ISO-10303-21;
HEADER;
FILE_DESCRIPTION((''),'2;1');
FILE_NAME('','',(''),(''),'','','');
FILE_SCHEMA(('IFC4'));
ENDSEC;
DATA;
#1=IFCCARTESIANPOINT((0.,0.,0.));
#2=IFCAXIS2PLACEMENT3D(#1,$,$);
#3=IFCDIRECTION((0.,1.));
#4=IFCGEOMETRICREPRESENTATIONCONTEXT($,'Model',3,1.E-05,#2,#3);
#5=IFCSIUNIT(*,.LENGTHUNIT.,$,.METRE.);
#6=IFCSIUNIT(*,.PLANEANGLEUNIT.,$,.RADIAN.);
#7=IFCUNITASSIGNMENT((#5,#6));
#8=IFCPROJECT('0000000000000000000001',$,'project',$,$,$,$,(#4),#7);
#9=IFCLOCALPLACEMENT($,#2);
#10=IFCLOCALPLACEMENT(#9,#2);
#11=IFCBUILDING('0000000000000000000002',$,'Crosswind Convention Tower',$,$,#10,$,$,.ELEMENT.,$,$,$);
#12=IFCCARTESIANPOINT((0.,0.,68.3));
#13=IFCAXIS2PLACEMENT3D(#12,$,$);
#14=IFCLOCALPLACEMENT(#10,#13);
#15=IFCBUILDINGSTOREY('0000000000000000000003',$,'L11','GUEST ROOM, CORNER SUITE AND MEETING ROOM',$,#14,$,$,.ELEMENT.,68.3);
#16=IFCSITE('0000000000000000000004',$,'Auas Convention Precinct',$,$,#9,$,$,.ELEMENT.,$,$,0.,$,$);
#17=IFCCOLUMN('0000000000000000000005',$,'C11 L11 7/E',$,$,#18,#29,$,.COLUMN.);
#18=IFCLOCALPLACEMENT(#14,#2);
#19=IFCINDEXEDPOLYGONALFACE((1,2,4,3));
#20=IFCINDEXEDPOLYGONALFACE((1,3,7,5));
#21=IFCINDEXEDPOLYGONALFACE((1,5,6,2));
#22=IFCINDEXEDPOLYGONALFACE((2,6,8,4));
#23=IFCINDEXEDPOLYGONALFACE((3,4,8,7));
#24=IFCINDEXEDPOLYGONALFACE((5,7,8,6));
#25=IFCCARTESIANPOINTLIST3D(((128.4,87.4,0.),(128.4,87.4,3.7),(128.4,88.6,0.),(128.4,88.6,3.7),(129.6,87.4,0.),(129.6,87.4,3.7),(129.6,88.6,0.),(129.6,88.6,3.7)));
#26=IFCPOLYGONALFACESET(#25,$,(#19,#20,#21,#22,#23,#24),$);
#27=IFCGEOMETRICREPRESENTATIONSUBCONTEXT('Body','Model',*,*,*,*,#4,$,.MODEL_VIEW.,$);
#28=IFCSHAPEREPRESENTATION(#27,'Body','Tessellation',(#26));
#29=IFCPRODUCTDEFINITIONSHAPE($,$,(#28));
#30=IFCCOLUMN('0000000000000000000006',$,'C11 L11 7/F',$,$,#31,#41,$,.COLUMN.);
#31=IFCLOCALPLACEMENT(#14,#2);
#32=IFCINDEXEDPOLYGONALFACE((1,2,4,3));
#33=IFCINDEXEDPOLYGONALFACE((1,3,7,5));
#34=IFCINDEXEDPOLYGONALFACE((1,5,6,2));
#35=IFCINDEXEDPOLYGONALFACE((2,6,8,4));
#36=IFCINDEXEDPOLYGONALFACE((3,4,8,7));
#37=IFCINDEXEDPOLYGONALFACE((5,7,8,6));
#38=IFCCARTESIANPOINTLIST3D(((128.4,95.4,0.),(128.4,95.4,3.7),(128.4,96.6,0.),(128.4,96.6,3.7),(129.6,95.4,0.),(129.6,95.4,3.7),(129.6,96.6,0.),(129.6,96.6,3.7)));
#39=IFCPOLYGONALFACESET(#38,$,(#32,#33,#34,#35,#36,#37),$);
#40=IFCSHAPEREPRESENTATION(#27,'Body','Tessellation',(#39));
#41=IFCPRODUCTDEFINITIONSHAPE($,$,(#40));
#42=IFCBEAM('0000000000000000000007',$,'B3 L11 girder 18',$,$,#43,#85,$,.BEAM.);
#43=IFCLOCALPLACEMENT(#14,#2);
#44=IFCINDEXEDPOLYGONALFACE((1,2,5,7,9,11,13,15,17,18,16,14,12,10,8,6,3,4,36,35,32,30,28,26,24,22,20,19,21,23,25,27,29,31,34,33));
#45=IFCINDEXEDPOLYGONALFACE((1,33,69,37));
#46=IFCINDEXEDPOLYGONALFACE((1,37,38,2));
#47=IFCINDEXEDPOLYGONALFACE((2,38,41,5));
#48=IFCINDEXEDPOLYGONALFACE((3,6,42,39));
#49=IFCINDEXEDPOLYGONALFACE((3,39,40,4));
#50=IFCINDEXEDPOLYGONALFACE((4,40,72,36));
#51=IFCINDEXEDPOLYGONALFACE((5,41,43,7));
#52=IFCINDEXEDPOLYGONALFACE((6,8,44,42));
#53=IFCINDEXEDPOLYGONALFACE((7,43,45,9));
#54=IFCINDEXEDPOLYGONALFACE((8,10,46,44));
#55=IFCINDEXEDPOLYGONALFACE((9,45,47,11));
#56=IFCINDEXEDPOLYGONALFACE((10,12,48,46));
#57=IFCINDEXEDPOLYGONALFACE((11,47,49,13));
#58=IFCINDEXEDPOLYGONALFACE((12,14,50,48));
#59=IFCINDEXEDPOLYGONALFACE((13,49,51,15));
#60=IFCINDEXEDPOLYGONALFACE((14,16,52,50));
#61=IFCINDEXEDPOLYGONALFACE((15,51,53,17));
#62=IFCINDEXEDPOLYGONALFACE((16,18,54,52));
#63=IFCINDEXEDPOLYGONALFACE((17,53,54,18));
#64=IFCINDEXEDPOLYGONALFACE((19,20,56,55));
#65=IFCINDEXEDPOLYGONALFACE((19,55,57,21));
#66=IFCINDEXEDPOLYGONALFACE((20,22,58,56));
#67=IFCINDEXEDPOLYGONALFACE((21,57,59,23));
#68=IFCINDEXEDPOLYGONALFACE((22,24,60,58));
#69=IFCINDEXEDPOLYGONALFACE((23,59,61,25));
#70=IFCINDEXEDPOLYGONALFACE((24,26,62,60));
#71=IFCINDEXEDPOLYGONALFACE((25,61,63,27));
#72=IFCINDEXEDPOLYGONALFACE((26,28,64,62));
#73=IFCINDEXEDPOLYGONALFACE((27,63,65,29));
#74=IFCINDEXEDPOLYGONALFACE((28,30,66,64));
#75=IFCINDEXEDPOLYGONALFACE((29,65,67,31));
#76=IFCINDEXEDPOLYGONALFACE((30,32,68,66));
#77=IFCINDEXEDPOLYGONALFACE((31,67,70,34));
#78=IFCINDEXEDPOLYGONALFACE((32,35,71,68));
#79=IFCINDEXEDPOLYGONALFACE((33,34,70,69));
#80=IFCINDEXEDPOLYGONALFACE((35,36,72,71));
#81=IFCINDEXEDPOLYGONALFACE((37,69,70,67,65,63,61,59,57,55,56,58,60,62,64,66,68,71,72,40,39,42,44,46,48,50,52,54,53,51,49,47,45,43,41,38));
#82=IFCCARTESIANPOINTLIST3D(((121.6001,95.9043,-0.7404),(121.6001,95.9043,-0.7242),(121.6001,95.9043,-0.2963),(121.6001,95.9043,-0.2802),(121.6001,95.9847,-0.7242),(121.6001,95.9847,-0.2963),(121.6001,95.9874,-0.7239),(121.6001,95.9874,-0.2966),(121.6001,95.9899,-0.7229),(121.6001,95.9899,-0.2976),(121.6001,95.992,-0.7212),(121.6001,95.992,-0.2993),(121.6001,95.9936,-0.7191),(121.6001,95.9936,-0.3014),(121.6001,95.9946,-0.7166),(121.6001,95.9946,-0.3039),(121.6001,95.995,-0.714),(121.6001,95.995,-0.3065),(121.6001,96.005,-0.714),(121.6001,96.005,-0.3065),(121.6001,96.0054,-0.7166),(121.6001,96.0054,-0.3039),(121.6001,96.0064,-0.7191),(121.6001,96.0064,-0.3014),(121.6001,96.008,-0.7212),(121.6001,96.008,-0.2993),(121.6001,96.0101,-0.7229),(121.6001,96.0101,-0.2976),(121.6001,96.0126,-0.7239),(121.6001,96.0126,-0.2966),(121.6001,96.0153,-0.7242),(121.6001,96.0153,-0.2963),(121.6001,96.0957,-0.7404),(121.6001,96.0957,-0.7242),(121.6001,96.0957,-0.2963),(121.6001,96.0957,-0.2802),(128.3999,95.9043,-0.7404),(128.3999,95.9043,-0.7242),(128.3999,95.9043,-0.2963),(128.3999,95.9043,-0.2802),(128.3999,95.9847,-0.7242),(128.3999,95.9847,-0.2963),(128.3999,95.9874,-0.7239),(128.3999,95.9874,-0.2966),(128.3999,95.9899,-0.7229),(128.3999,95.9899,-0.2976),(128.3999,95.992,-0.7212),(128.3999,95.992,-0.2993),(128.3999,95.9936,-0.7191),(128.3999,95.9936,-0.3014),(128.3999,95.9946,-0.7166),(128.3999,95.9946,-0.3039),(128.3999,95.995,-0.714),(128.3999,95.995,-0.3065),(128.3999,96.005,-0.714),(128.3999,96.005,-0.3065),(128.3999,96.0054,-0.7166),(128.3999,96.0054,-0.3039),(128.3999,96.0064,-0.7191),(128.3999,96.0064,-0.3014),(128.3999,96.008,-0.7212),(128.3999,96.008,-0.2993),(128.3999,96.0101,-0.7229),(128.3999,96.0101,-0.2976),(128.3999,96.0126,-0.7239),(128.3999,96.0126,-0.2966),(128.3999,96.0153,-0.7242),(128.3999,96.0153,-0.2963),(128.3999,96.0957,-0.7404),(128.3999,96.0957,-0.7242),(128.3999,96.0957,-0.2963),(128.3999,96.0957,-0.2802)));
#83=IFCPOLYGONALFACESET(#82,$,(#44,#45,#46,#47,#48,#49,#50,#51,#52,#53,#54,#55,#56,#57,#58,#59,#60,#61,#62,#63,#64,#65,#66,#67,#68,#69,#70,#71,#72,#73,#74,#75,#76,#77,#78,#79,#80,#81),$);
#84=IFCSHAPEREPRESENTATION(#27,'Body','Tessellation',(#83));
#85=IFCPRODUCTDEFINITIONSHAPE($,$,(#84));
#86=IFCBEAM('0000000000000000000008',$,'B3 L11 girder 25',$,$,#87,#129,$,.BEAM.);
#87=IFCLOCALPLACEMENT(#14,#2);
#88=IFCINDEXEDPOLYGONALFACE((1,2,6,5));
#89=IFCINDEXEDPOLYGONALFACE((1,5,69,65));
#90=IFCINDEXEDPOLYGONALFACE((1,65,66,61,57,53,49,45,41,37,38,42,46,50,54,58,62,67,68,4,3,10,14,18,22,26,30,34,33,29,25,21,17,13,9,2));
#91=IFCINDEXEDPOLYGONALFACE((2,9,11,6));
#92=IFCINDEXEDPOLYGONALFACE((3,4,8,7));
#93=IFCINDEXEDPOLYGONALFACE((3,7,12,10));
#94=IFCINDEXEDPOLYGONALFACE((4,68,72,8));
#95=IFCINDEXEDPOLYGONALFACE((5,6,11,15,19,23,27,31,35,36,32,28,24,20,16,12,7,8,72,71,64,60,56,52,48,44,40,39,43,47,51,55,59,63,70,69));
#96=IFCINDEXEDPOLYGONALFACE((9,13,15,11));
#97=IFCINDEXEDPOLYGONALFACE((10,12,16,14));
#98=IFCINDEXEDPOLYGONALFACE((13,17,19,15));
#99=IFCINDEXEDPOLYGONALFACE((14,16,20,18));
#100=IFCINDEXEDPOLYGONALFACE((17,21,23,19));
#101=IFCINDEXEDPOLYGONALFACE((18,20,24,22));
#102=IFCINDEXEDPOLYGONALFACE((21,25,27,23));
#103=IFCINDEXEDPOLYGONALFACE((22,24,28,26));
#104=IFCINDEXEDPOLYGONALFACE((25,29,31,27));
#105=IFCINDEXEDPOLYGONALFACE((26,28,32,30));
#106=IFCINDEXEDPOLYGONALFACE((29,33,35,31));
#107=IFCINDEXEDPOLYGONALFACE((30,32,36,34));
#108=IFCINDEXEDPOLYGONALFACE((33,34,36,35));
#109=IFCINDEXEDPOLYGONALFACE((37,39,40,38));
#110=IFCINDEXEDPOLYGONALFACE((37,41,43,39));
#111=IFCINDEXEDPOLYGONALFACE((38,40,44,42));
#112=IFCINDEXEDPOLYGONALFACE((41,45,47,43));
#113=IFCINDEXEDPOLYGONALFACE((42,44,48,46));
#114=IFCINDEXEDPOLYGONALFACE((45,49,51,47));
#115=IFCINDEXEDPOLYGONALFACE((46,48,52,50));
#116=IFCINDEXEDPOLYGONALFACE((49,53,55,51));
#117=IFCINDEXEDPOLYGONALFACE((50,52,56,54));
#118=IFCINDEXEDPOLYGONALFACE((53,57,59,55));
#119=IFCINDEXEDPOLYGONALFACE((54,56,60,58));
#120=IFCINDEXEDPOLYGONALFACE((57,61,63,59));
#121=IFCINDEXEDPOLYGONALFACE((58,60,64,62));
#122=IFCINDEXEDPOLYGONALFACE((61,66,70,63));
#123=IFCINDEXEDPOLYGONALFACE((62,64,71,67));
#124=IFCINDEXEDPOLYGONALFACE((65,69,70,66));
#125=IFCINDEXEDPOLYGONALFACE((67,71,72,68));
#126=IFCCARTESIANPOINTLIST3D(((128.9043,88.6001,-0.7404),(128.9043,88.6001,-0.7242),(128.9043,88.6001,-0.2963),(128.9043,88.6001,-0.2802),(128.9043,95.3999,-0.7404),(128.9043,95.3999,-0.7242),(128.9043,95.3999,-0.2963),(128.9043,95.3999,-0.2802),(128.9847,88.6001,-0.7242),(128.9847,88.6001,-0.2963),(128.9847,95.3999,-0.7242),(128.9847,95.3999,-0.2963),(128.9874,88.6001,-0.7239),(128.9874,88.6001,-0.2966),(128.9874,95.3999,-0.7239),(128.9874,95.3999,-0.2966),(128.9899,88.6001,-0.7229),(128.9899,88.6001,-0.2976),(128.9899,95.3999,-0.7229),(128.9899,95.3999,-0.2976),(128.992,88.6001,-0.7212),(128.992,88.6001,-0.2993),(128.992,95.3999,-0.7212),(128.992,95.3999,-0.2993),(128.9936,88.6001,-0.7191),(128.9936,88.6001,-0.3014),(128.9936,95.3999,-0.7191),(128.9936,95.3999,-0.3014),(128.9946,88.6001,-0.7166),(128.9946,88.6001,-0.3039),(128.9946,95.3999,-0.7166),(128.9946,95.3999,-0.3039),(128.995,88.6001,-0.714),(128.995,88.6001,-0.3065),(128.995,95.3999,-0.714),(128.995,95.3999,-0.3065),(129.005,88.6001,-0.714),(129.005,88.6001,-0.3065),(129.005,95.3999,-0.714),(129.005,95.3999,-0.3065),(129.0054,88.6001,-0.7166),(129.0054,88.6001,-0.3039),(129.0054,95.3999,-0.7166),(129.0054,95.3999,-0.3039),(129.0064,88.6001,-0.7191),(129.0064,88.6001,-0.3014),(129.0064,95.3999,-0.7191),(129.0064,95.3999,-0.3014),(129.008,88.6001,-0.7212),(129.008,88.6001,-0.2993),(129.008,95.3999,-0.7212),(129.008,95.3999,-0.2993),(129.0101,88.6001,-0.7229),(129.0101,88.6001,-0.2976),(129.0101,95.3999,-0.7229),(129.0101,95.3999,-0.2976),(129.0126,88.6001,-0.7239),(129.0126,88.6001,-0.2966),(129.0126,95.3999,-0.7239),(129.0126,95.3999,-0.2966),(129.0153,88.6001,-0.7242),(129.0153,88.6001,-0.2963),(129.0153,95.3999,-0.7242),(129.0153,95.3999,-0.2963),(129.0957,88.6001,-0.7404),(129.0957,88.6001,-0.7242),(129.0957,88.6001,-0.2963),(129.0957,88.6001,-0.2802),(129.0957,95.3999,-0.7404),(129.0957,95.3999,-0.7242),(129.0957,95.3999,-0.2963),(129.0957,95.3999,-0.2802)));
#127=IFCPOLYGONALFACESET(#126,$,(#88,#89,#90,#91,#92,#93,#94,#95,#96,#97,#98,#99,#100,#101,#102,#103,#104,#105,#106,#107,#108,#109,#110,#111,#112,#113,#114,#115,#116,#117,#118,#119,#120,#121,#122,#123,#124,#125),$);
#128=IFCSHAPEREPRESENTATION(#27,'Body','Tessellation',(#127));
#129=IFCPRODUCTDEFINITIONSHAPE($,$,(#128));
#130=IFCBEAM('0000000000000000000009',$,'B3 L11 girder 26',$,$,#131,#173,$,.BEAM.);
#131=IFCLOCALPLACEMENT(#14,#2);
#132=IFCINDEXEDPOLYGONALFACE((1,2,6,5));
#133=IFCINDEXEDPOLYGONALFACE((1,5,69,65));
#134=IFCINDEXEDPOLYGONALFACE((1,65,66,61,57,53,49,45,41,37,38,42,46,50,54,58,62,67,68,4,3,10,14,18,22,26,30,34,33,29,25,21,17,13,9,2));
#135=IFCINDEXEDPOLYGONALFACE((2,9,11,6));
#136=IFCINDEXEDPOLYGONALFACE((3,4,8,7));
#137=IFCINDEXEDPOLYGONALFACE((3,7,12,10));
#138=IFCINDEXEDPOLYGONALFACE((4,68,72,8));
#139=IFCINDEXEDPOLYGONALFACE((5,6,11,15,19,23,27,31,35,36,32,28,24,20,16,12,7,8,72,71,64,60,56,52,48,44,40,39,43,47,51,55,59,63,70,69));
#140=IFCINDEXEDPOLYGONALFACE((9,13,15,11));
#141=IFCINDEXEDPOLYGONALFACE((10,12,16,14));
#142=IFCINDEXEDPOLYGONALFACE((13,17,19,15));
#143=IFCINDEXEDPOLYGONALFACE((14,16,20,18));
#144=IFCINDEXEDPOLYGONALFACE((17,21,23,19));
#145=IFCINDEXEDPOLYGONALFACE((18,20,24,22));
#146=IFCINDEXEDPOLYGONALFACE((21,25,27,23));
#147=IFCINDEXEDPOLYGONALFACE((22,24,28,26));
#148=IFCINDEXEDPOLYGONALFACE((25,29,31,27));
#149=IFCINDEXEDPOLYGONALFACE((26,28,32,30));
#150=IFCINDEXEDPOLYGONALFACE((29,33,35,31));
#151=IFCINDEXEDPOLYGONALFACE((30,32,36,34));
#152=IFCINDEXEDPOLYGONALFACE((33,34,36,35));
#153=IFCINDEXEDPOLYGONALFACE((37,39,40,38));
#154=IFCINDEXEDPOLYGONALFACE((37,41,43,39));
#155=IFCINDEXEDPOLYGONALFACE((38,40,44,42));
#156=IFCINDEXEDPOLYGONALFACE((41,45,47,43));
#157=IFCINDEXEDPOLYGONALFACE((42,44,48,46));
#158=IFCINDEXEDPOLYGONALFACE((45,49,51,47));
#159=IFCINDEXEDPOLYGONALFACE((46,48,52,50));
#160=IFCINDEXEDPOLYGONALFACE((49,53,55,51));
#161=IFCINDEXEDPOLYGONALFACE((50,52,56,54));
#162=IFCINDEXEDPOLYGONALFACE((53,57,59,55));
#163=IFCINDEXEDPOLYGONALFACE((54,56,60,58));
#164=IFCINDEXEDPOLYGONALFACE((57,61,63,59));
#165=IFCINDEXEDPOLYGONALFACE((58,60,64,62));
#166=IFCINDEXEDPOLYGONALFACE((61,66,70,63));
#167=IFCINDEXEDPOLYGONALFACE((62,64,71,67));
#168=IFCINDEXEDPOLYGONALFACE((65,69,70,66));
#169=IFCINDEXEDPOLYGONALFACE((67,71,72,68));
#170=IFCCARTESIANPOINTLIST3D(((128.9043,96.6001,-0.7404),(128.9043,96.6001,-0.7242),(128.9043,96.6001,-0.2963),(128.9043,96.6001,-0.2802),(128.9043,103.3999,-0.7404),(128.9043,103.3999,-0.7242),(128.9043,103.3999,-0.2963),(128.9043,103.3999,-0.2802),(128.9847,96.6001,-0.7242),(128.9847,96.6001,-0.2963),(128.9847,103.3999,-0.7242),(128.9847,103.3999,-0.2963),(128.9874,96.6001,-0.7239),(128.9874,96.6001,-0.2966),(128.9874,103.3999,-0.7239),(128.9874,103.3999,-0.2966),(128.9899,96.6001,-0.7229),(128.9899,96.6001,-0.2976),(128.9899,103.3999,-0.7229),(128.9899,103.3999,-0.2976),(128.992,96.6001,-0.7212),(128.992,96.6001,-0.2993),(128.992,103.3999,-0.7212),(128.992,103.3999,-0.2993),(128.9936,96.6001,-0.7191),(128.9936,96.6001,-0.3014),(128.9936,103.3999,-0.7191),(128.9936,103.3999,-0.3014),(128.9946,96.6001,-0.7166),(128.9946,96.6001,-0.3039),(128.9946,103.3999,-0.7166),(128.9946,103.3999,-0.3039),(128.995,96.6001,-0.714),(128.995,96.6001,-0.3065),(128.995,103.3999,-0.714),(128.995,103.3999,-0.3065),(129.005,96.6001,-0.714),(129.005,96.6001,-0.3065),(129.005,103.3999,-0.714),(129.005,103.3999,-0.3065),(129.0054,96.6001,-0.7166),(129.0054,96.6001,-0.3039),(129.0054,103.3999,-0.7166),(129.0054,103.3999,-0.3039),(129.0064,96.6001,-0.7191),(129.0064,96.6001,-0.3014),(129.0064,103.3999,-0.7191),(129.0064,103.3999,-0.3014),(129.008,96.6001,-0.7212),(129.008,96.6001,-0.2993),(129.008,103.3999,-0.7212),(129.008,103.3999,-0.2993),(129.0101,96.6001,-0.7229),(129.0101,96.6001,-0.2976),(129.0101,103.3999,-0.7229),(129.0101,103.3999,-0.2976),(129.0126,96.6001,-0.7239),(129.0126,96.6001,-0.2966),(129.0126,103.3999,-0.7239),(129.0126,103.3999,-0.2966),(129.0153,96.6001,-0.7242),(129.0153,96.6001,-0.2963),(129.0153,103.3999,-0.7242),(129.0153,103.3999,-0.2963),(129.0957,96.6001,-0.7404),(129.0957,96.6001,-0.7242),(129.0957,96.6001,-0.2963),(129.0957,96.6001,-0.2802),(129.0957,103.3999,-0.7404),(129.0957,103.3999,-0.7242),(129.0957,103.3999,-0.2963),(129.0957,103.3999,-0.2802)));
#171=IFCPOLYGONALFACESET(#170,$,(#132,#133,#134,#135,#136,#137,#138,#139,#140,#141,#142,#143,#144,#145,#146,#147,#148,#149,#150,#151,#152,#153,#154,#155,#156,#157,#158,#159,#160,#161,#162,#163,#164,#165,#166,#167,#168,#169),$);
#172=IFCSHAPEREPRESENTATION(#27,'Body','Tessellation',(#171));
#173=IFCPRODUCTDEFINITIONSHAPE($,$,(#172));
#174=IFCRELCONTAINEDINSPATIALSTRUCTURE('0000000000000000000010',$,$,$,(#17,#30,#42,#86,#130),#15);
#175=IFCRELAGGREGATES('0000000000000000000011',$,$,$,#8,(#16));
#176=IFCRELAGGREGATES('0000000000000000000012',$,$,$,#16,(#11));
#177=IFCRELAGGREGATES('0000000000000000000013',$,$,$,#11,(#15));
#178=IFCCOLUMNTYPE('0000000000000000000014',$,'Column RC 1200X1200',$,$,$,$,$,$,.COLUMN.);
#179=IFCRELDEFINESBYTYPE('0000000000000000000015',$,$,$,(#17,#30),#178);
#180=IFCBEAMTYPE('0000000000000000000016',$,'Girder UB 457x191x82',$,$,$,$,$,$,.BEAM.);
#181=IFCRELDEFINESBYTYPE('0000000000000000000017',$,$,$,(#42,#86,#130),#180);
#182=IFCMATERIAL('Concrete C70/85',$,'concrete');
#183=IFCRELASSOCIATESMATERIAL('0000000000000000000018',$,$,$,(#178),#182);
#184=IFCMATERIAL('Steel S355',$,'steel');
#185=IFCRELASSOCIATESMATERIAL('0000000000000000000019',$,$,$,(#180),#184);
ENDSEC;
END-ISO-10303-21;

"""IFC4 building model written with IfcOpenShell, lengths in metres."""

from ifc_helpers import new_model, si_unit, direction, frame, origin, origin_2d, place, context, subcontext, project, spatial, rectangle, i_section, extrude, material, material_profile, profile_set, type_object, element, save


model = new_model("IFC4")

# Units and contexts
model_context = context("Model", 3, precision=1e-05, world=origin(), true_north=direction((0.0, 1.0)))
body_context = subcontext(model_context, "Body", "Model", "MODEL_VIEW")
ifc_project = project(units=[si_unit("LENGTHUNIT", "METRE"), si_unit("PLANEANGLEUNIT", "RADIAN")], contexts=[model_context])

# Site, building, storey
site_placement = place(None, origin())
site = spatial("IfcSite", under=ifc_project, at=site_placement, Name="Auas Convention Precinct", CompositionType="ELEMENT", RefElevation=0.0)
building_placement = place(site_placement, origin())
building = spatial("IfcBuilding", under=site, at=building_placement, Name="Crosswind Convention Tower", CompositionType="ELEMENT")
storey_placement = place(building_placement, frame((0.0, 0.0, 68.3)))
storey = spatial("IfcBuildingStorey", under=building, at=storey_placement, Name="L11", Description="GUEST ROOM, CORNER SUITE AND MEETING ROOM", CompositionType="ELEMENT", Elevation=68.3)

# Columns
ifc_material_1 = material(Name="Concrete C70/85", Category="concrete")
ifc_material_profile_1 = material_profile(ifc_material_1, rectangle(XDim=1.2, YDim=1.2, at=origin_2d()), Name="RC 1200X1200")
ifc_profile_set_1 = profile_set([ifc_material_profile_1], Name="Concrete C70/85")
column_type = type_object("IfcColumnType", Name="Column RC 1200X1200", PredefinedType="COLUMN", material=ifc_profile_set_1)
for number, where, z_axis, x_axis, name in (
    (1, (129.0, 88.0, 0.0), (0.0, 0.0, 1.0), (1.0, 0.0, 0.0), "C11 L11 7/E"),
    (2, (129.0, 96.0, 0.0), (0.0, 0.0, 1.0), (1.0, 0.0, 0.0), "C11 L11 7/F"),
):
    element("IfcColumn", number, at=place(storey_placement, frame(where, z_axis=z_axis, x_axis=x_axis)), inside=storey, type_object=column_type, Name=name, PredefinedType="COLUMN", context=body_context, shape_type="SweptSolid", body=[
        extrude(rectangle(XDim=1.2, YDim=1.2, at=origin_2d()), origin(), (0.0, 0.0, 1.0), 3.7),
    ])

# Beams
ifc_material_2 = material(Name="Steel S355", Category="steel")
ifc_material_profile_2 = material_profile(ifc_material_2, i_section(OverallWidth=0.1914, OverallDepth=0.4602, WebThickness=0.01, FlangeThickness=0.0161, FilletRadius=0.0103, at=origin_2d()), Name="UB 457x191x82")
ifc_profile_set_2 = profile_set([ifc_material_profile_2], Name="Steel S355")
beam_type_1 = type_object("IfcBeamType", Name="Girder UB 457x191x82", PredefinedType="BEAM", material=ifc_profile_set_2)
for number, where, z_axis, x_axis, name in (
    (3, (121.6001, 96.0, -0.5103), (1.0, 0.0, 0.0), (0.0, 1.0, 0.0), "B3 L11 girder 18"),
    (4, (129.0, 88.6001, -0.5103), (0.0, 1.0, 0.0), (-1.0, 0.0, 0.0), "B3 L11 girder 25"),
    (5, (129.0, 96.6001, -0.5103), (0.0, 1.0, 0.0), (-1.0, 0.0, 0.0), "B3 L11 girder 26"),
):
    element("IfcBeam", number, at=place(storey_placement, frame(where, z_axis=z_axis, x_axis=x_axis)), inside=storey, type_object=beam_type_1, Name=name, PredefinedType="BEAM", context=body_context, shape_type="SweptSolid", body=[
        extrude(i_section(OverallWidth=0.1914, OverallDepth=0.4602, WebThickness=0.01, FlangeThickness=0.0161, FilletRadius=0.0103, at=origin_2d()), origin(), (0.0, 0.0, 1.0), 6.7998),
    ])

save(model, "model.ifc")
